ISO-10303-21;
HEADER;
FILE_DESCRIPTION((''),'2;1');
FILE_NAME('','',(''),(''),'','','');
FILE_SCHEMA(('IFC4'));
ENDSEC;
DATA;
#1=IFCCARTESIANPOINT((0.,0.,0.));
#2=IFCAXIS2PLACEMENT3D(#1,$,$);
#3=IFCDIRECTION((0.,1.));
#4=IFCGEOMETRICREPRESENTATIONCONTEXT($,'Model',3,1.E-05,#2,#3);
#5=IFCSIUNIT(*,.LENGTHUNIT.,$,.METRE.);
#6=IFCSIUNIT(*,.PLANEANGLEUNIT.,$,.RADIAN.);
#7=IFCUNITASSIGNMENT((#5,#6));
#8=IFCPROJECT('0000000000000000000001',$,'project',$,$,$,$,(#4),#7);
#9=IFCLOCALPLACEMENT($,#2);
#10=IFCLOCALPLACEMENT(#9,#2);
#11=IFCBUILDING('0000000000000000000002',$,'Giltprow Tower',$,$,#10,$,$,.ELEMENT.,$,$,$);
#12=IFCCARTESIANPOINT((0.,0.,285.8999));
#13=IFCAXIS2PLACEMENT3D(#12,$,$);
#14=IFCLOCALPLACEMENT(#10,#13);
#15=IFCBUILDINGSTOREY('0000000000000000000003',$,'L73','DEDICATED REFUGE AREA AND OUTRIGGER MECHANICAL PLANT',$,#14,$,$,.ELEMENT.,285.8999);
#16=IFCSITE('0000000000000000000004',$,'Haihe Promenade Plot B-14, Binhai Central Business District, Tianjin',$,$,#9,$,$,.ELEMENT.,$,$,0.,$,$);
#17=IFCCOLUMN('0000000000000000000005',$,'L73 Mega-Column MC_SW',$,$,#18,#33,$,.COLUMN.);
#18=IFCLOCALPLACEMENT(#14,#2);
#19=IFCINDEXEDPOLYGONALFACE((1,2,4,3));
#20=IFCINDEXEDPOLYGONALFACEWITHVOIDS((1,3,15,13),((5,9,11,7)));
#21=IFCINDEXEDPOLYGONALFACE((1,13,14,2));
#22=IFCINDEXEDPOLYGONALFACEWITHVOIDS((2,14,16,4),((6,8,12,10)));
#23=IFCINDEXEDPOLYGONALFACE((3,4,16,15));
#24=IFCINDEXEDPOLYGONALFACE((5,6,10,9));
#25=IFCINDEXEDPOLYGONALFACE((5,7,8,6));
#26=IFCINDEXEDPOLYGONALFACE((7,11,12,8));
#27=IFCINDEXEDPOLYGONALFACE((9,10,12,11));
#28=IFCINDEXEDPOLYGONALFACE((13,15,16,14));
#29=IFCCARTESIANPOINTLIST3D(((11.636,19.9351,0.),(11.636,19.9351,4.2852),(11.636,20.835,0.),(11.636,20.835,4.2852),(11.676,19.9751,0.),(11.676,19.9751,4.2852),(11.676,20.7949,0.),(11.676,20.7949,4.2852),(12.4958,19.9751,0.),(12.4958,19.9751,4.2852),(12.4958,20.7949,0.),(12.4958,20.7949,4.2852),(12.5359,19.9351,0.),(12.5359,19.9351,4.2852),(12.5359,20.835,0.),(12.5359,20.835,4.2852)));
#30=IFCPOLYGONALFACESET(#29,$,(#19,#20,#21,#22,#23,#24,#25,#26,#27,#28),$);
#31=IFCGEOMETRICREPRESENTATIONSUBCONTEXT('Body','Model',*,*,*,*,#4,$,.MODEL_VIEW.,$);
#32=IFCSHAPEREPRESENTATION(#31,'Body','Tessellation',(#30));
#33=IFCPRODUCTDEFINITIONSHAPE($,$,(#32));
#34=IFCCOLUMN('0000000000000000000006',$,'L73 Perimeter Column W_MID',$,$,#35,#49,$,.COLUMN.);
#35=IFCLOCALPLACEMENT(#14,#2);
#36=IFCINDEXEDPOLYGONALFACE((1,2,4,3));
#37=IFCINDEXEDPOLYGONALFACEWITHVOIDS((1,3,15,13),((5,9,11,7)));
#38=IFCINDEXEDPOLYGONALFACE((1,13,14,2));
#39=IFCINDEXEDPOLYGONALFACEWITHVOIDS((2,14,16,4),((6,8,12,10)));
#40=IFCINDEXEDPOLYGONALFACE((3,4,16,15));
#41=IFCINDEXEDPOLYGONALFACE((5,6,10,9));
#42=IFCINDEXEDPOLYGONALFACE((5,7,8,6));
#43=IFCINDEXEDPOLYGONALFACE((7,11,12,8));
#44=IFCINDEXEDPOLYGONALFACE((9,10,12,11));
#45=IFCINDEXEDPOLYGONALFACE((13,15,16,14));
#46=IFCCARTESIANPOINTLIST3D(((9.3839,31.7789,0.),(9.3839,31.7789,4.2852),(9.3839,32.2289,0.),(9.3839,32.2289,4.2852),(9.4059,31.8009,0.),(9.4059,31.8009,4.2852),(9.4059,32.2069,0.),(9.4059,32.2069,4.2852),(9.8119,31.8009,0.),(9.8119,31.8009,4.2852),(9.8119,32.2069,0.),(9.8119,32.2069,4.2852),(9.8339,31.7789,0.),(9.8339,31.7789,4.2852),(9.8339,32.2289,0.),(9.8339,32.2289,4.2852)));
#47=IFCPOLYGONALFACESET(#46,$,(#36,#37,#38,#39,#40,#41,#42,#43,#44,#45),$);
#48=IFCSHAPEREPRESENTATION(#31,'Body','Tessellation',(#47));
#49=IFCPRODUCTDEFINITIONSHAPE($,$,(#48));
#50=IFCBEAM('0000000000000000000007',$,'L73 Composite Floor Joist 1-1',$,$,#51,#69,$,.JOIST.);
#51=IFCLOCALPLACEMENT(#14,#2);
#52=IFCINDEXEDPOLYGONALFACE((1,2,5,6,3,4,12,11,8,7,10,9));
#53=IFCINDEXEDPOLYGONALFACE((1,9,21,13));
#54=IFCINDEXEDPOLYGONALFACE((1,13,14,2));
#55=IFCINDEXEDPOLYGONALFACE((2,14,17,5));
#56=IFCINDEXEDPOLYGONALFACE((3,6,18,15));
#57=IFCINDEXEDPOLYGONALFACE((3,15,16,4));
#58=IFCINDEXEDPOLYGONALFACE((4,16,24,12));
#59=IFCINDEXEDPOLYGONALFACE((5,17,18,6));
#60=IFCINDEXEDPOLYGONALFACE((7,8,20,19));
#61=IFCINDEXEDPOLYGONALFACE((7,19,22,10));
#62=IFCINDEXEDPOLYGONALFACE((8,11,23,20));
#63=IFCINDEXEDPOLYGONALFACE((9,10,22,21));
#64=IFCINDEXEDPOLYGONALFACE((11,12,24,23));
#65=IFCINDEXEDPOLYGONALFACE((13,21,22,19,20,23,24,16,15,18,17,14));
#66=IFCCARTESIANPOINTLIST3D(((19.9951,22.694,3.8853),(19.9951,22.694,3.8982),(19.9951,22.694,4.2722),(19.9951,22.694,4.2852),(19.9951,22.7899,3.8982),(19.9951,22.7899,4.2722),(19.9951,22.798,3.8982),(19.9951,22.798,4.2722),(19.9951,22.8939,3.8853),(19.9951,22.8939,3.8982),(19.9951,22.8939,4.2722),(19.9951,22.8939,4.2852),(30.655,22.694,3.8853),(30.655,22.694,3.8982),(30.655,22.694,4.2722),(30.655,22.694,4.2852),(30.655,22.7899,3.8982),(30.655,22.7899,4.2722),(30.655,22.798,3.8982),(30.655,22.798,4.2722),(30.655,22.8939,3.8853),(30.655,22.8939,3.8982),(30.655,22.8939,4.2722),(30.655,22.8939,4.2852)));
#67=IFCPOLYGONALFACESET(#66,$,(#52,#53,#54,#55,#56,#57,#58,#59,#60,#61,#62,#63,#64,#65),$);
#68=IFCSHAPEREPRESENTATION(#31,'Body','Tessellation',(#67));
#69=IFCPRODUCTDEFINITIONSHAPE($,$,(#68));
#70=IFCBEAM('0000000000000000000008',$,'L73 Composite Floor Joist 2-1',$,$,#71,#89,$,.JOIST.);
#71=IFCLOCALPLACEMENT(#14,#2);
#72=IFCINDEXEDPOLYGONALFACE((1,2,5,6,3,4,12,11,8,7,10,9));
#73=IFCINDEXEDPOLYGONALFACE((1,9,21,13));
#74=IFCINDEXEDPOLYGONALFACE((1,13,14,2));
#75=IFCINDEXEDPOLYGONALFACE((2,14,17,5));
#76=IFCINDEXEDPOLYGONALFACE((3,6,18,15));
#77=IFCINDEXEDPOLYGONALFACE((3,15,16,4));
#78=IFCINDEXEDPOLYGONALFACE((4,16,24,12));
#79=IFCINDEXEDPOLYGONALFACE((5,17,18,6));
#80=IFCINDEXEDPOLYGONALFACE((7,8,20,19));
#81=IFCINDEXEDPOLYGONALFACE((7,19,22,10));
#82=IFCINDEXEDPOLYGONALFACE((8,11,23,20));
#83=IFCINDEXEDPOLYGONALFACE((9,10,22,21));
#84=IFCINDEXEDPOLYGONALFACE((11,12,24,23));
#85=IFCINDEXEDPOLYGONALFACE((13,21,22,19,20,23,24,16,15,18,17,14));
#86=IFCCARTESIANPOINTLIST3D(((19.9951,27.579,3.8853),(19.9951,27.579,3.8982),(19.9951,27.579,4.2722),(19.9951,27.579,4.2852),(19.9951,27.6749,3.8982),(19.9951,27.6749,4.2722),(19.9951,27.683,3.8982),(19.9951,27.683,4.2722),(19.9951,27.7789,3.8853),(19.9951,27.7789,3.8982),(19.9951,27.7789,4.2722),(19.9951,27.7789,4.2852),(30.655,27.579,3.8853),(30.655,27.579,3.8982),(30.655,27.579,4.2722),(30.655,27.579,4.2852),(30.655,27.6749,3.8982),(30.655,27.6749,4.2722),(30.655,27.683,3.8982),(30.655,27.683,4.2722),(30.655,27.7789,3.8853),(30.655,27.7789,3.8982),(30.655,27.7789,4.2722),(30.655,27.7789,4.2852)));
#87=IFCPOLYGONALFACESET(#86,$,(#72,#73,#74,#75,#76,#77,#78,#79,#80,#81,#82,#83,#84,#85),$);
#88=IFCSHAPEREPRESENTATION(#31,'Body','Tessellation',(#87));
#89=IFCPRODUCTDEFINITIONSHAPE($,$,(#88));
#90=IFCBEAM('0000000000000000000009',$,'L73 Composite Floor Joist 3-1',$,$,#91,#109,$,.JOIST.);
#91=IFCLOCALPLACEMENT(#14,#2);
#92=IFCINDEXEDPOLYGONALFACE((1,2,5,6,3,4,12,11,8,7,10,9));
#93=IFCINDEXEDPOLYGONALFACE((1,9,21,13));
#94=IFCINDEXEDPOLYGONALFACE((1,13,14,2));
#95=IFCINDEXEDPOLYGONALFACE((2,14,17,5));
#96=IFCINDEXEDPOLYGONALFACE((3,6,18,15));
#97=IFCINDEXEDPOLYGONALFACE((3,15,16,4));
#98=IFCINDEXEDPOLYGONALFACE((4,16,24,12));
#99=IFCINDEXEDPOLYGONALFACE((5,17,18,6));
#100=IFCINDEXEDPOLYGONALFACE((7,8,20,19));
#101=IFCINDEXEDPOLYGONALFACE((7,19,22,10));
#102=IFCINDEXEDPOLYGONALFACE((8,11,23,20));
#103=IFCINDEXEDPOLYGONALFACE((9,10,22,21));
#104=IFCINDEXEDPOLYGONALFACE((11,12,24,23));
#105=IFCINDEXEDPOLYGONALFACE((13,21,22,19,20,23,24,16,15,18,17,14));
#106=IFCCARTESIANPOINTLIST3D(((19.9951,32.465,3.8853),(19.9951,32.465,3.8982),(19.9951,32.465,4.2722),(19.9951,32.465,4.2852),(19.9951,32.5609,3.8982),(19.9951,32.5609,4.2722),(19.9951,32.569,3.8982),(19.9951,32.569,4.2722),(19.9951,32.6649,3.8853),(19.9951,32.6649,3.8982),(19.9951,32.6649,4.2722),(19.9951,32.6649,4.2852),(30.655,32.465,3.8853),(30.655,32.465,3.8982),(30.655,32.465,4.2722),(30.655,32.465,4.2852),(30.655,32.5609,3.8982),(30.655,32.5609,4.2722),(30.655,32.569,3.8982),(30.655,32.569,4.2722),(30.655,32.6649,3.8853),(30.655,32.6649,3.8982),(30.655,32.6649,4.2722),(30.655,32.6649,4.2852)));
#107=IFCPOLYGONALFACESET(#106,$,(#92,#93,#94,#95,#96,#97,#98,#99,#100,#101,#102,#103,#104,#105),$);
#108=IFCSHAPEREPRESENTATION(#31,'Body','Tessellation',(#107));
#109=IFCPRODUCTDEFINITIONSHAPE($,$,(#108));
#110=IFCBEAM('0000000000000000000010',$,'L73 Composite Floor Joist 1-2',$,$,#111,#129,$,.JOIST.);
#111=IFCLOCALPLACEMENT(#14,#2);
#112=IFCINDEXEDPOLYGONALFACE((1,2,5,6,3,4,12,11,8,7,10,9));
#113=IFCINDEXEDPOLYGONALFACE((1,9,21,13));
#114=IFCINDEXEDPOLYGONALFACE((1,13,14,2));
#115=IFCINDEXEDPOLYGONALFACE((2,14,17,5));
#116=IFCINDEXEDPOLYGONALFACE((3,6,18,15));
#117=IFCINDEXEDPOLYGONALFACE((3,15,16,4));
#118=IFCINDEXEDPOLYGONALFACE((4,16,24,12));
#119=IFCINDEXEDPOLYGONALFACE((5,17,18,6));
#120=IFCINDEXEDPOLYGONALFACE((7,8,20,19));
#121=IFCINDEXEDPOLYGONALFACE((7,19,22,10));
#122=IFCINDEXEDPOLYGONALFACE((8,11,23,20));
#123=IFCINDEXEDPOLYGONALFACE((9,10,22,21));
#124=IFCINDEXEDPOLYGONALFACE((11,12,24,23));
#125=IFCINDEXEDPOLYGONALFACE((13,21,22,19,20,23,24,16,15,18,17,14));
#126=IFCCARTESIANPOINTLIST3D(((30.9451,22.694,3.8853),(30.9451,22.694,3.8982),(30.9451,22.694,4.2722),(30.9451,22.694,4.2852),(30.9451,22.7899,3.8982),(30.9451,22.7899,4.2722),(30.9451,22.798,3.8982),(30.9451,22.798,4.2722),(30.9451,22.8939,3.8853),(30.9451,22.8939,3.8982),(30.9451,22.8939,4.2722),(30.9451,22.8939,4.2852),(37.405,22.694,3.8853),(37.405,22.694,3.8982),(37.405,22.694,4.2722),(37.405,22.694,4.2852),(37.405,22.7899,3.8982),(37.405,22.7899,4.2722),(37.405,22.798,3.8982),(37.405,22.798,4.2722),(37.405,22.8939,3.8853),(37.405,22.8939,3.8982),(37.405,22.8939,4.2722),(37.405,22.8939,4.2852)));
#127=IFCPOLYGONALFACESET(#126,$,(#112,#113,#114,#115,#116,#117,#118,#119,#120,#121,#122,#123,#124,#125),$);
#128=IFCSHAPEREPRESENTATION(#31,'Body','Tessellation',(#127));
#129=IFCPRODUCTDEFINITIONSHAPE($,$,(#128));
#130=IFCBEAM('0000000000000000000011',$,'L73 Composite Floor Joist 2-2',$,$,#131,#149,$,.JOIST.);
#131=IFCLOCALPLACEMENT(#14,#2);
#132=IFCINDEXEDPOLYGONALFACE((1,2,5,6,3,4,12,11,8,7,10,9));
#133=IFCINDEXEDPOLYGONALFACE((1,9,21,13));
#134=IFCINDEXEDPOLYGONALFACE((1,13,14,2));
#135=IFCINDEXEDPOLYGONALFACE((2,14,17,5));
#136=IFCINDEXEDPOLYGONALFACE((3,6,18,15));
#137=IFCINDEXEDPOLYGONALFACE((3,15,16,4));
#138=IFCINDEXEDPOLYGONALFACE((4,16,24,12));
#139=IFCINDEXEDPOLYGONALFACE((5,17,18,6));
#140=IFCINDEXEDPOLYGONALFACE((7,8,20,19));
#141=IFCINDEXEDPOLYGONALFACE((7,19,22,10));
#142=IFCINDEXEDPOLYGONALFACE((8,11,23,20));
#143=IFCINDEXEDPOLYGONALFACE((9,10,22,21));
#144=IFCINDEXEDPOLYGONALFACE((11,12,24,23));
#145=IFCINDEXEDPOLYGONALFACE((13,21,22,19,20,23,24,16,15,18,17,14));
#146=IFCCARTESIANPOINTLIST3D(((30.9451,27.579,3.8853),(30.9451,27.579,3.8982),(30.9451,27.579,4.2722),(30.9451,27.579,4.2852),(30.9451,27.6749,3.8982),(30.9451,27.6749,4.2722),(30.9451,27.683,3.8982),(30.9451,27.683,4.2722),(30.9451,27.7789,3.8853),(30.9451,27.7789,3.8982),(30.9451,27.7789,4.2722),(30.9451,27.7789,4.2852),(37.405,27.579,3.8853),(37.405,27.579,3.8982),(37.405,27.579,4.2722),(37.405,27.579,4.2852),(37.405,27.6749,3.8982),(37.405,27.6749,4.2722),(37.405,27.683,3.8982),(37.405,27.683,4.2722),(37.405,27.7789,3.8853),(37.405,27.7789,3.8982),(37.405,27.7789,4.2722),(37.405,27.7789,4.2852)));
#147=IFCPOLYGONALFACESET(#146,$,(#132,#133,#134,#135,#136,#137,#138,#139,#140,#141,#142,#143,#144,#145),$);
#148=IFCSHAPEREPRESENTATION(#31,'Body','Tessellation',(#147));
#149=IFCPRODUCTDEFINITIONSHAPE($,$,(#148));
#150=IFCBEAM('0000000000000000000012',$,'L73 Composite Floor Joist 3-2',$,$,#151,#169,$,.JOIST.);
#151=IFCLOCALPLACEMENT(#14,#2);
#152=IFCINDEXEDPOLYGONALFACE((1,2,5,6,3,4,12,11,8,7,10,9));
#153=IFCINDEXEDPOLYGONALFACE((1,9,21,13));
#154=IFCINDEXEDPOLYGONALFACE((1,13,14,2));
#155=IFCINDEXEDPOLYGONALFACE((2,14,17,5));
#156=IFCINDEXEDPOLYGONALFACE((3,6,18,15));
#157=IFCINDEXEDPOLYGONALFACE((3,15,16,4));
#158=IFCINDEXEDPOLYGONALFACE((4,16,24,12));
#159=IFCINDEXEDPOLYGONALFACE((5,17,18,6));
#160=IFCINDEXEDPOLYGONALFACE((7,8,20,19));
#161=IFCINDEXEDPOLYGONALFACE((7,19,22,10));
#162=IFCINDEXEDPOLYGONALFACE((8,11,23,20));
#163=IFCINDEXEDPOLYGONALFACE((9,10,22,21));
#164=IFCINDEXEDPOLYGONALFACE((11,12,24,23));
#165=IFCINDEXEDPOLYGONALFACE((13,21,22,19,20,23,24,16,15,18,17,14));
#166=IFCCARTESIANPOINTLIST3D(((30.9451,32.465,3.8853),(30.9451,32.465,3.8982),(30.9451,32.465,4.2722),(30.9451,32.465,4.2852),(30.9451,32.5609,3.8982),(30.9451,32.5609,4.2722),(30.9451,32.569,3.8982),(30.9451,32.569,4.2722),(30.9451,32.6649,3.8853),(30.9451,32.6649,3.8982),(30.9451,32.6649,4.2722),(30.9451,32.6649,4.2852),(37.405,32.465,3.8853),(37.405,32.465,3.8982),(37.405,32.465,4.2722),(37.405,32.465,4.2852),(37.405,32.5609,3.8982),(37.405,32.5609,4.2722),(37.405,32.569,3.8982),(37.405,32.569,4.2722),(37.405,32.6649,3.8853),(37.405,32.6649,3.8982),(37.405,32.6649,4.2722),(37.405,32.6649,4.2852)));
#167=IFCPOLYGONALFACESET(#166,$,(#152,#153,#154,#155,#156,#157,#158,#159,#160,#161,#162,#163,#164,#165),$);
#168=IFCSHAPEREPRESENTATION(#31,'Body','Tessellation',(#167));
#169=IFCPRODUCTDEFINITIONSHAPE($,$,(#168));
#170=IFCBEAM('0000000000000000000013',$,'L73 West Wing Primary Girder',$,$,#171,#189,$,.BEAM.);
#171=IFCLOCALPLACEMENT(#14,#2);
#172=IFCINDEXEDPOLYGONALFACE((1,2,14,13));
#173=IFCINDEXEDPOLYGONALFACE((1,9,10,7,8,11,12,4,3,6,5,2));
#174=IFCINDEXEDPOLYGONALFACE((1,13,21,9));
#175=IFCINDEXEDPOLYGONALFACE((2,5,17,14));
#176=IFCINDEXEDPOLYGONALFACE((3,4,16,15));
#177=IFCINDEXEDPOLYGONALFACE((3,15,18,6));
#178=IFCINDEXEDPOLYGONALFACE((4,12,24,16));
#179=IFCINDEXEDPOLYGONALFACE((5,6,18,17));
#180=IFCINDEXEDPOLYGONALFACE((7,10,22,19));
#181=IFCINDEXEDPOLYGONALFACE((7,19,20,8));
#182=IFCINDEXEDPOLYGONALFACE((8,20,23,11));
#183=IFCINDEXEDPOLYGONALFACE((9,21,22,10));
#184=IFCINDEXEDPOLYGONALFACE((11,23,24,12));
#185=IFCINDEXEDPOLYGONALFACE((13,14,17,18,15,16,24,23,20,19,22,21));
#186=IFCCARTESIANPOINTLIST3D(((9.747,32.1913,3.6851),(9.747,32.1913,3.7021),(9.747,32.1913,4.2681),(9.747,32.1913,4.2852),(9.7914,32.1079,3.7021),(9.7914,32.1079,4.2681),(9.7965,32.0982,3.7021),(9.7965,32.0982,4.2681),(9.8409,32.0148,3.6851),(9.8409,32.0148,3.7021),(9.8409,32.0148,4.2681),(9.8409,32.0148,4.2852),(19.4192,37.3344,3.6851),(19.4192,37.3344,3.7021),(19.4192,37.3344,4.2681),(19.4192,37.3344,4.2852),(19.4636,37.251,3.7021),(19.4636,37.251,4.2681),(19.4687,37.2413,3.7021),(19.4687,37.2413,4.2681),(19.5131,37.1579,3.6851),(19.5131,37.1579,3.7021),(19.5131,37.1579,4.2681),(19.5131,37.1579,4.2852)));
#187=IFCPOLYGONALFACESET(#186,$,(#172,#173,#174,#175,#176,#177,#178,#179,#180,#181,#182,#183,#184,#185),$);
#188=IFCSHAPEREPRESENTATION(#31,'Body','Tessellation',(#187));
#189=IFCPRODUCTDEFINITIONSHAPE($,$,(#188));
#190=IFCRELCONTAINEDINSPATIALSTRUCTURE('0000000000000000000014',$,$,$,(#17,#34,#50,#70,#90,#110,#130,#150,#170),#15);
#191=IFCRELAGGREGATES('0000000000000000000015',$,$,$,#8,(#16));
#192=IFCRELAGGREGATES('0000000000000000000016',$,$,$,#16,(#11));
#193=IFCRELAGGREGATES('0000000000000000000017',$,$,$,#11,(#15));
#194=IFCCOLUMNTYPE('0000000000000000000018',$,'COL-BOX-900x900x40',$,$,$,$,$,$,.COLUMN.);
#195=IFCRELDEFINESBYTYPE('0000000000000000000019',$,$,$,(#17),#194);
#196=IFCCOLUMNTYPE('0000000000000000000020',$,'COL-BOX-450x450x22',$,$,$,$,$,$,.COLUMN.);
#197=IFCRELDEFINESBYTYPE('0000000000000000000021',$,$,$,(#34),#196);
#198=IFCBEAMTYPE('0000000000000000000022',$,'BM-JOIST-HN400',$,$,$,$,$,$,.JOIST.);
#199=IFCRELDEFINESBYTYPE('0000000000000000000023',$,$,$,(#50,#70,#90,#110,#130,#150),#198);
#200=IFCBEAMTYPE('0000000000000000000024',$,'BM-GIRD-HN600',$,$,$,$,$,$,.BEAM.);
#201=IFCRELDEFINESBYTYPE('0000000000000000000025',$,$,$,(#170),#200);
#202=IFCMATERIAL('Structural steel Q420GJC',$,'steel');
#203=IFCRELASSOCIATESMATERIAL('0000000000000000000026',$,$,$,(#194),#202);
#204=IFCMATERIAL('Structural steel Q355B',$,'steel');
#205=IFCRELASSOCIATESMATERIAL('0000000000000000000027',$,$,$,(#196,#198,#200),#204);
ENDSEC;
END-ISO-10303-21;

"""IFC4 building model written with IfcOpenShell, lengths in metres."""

from ifc_helpers import new_model, si_unit, direction, frame, origin, origin_2d, place, context, subcontext, project, spatial, hollow_rectangle, i_section, extrude, source, transform, mapped, material, material_profile, profile_set, type_object, element, save


model = new_model("IFC4")

# Units and contexts
model_context = context("Model", 3, precision=1e-05, world=origin(), true_north=direction((0.0, 1.0)))
body_context = subcontext(model_context, "Body", "Model", "MODEL_VIEW")
ifc_project = project(units=[si_unit("LENGTHUNIT", "METRE"), si_unit("PLANEANGLEUNIT", "RADIAN")], contexts=[model_context])

# Site, building, storey
site_placement = place(None, origin())
site = spatial("IfcSite", under=ifc_project, at=site_placement, Name="Haihe Promenade Plot B-14, Binhai Central Business District, Tianjin", CompositionType="ELEMENT", RefElevation=0.0)
building_placement = place(site_placement, origin())
building = spatial("IfcBuilding", under=site, at=building_placement, Name="Giltprow Tower", CompositionType="ELEMENT")
storey_placement = place(building_placement, frame((0.0, 0.0, 285.8999)))
storey = spatial("IfcBuildingStorey", under=building, at=storey_placement, Name="L73", Description="DEDICATED REFUGE AREA AND OUTRIGGER MECHANICAL PLANT", CompositionType="ELEMENT", Elevation=285.8999)

# Columns
ifc_material_1 = material(Name="Structural steel Q420GJC", Category="steel")
ifc_material_profile_1 = material_profile(ifc_material_1, hollow_rectangle(XDim=0.8999, YDim=0.8999, WallThickness=0.04, at=origin_2d()), Name="BOX 900x900x40")
ifc_profile_set_1 = profile_set([ifc_material_profile_1], Name="Structural steel Q420GJC")
column_type_1 = type_object("IfcColumnType", Name="COL-BOX-900x900x40", PredefinedType="COLUMN", material=ifc_profile_set_1)
shared_shape_1 = source(origin(), body_context, "Body", "SweptSolid", [
    extrude(hollow_rectangle(XDim=0.8999, YDim=0.8999, WallThickness=0.04, at=origin_2d()), origin(), (0.0, 0.0, 1.0), 4.2852),
])
column_1_placement = place(storey_placement, frame((12.0859, 20.385, 0.0), z_axis=(0.0, 0.0, 1.0), x_axis=(1.0, 0.0, 0.0)))
element("IfcColumn", 1, at=column_1_placement, inside=storey, type_object=column_type_1, Name="L73 Mega-Column MC_SW", PredefinedType="COLUMN", context=body_context, shape_type="MappedRepresentation", body=[
    mapped(shared_shape_1, transform((0.0, 0.0, 0.0), x_axis=(1.0, 0.0, 0.0), y_axis=(0.0, 1.0, 0.0), z_axis=(0.0, 0.0, 1.0), scale=1.0)),
])
ifc_material_2 = material(Name="Structural steel Q355B", Category="steel")
ifc_material_profile_2 = material_profile(ifc_material_2, hollow_rectangle(XDim=0.45, YDim=0.45, WallThickness=0.022, at=origin_2d()), Name="BOX 450x450x22")
ifc_profile_set_2 = profile_set([ifc_material_profile_2], Name="Structural steel Q355B")
column_type_2 = type_object("IfcColumnType", Name="COL-BOX-450x450x22", PredefinedType="COLUMN", material=ifc_profile_set_2)
shared_shape_2 = source(origin(), body_context, "Body", "SweptSolid", [
    extrude(hollow_rectangle(XDim=0.45, YDim=0.45, WallThickness=0.022, at=origin_2d()), origin(), (0.0, 0.0, 1.0), 4.2852),
])
column_2_placement = place(storey_placement, frame((9.6089, 32.0039, 0.0), z_axis=(0.0, 0.0, 1.0), x_axis=(1.0, 0.0, 0.0)))
element("IfcColumn", 2, at=column_2_placement, inside=storey, type_object=column_type_2, Name="L73 Perimeter Column W_MID", PredefinedType="COLUMN", context=body_context, shape_type="MappedRepresentation", body=[
    mapped(shared_shape_2, transform((0.0, 0.0, 0.0), x_axis=(1.0, 0.0, 0.0), y_axis=(0.0, 1.0, 0.0), z_axis=(0.0, 0.0, 1.0), scale=1.0)),
])

# Beams
ifc_material_profile_3 = material_profile(ifc_material_2, i_section(OverallWidth=0.2, OverallDepth=0.3999, WebThickness=0.0081, FlangeThickness=0.0129, at=origin_2d()), Name="HN 400x200x8x13")
ifc_profile_set_3 = profile_set([ifc_material_profile_3], Name="Structural steel Q355B")
beam_type_1 = type_object("IfcBeamType", Name="BM-JOIST-HN400", PredefinedType="JOIST", material=ifc_profile_set_3)
shared_shape_3 = source(origin(), body_context, "Body", "SweptSolid", [
    extrude(i_section(OverallWidth=0.2, OverallDepth=0.3999, WebThickness=0.0081, FlangeThickness=0.0129, at=origin_2d()), origin(), (0.0, 0.0, 1.0), 10.6599),
])
for number, where, z_axis, x_axis, name in (
    (3, (19.9951, 22.7939, 4.0852), (1.0, 0.0, 0.0), (0.0, 1.0, 0.0), "L73 Composite Floor Joist 1-1"),
    (4, (19.9951, 27.679, 4.0852), (1.0, 0.0, 0.0), (0.0, 1.0, 0.0), "L73 Composite Floor Joist 2-1"),
    (5, (19.9951, 32.5649, 4.0852), (1.0, 0.0, 0.0), (0.0, 1.0, 0.0), "L73 Composite Floor Joist 3-1"),
):
    element("IfcBeam", number, at=place(storey_placement, frame(where, z_axis=z_axis, x_axis=x_axis)), inside=storey, type_object=beam_type_1, Name=name, PredefinedType="JOIST", context=body_context, shape_type="MappedRepresentation", body=[
        mapped(shared_shape_3, transform((0.0, 0.0, 0.0), x_axis=(1.0, 0.0, 0.0), y_axis=(0.0, 1.0, 0.0), z_axis=(0.0, 0.0, 1.0), scale=1.0)),
    ])
shared_shape_4 = source(origin(), body_context, "Body", "SweptSolid", [
    extrude(i_section(OverallWidth=0.2, OverallDepth=0.3999, WebThickness=0.0081, FlangeThickness=0.0129, at=origin_2d()), origin(), (0.0, 0.0, 1.0), 6.46),
])
for number, where, z_axis, x_axis, name in (
    (6, (30.9451, 22.7939, 4.0852), (1.0, 0.0, 0.0), (0.0, 1.0, 0.0), "L73 Composite Floor Joist 1-2"),
    (7, (30.9451, 27.679, 4.0852), (1.0, 0.0, 0.0), (0.0, 1.0, 0.0), "L73 Composite Floor Joist 2-2"),
    (8, (30.9451, 32.5649, 4.0852), (1.0, 0.0, 0.0), (0.0, 1.0, 0.0), "L73 Composite Floor Joist 3-2"),
):
    element("IfcBeam", number, at=place(storey_placement, frame(where, z_axis=z_axis, x_axis=x_axis)), inside=storey, type_object=beam_type_1, Name=name, PredefinedType="JOIST", context=body_context, shape_type="MappedRepresentation", body=[
        mapped(shared_shape_4, transform((0.0, 0.0, 0.0), x_axis=(1.0, 0.0, 0.0), y_axis=(0.0, 1.0, 0.0), z_axis=(0.0, 0.0, 1.0), scale=1.0)),
    ])
ifc_material_profile_4 = material_profile(ifc_material_2, i_section(OverallWidth=0.2, OverallDepth=0.6001, WebThickness=0.011, FlangeThickness=0.0171, at=origin_2d()), Name="HN 600x200x11x17")
ifc_profile_set_4 = profile_set([ifc_material_profile_4], Name="Structural steel Q355B")
beam_type_2 = type_object("IfcBeamType", Name="BM-GIRD-HN600", PredefinedType="BEAM", material=ifc_profile_set_4)
shared_shape_5 = source(origin(), body_context, "Body", "SweptSolid", [
    extrude(i_section(OverallWidth=0.2, OverallDepth=0.6001, WebThickness=0.011, FlangeThickness=0.0171, at=origin_2d()), origin(), (0.0, 0.0, 1.0), 10.9546),
])
beam_1_placement = place(storey_placement, frame((9.7939, 32.103, 3.9851), z_axis=(0.882936, 0.469494, 0.0), x_axis=(-0.469494, 0.882936, 0.0)))
element("IfcBeam", 9, at=beam_1_placement, inside=storey, type_object=beam_type_2, Name="L73 West Wing Primary Girder", PredefinedType="BEAM", context=body_context, shape_type="MappedRepresentation", body=[
    mapped(shared_shape_5, transform((0.0, 0.0, 0.0), x_axis=(1.0, 0.0, 0.0), y_axis=(0.0, 1.0, 0.0), z_axis=(0.0, 0.0, 1.0), scale=1.0)),
])

save(model, "model.ifc")
